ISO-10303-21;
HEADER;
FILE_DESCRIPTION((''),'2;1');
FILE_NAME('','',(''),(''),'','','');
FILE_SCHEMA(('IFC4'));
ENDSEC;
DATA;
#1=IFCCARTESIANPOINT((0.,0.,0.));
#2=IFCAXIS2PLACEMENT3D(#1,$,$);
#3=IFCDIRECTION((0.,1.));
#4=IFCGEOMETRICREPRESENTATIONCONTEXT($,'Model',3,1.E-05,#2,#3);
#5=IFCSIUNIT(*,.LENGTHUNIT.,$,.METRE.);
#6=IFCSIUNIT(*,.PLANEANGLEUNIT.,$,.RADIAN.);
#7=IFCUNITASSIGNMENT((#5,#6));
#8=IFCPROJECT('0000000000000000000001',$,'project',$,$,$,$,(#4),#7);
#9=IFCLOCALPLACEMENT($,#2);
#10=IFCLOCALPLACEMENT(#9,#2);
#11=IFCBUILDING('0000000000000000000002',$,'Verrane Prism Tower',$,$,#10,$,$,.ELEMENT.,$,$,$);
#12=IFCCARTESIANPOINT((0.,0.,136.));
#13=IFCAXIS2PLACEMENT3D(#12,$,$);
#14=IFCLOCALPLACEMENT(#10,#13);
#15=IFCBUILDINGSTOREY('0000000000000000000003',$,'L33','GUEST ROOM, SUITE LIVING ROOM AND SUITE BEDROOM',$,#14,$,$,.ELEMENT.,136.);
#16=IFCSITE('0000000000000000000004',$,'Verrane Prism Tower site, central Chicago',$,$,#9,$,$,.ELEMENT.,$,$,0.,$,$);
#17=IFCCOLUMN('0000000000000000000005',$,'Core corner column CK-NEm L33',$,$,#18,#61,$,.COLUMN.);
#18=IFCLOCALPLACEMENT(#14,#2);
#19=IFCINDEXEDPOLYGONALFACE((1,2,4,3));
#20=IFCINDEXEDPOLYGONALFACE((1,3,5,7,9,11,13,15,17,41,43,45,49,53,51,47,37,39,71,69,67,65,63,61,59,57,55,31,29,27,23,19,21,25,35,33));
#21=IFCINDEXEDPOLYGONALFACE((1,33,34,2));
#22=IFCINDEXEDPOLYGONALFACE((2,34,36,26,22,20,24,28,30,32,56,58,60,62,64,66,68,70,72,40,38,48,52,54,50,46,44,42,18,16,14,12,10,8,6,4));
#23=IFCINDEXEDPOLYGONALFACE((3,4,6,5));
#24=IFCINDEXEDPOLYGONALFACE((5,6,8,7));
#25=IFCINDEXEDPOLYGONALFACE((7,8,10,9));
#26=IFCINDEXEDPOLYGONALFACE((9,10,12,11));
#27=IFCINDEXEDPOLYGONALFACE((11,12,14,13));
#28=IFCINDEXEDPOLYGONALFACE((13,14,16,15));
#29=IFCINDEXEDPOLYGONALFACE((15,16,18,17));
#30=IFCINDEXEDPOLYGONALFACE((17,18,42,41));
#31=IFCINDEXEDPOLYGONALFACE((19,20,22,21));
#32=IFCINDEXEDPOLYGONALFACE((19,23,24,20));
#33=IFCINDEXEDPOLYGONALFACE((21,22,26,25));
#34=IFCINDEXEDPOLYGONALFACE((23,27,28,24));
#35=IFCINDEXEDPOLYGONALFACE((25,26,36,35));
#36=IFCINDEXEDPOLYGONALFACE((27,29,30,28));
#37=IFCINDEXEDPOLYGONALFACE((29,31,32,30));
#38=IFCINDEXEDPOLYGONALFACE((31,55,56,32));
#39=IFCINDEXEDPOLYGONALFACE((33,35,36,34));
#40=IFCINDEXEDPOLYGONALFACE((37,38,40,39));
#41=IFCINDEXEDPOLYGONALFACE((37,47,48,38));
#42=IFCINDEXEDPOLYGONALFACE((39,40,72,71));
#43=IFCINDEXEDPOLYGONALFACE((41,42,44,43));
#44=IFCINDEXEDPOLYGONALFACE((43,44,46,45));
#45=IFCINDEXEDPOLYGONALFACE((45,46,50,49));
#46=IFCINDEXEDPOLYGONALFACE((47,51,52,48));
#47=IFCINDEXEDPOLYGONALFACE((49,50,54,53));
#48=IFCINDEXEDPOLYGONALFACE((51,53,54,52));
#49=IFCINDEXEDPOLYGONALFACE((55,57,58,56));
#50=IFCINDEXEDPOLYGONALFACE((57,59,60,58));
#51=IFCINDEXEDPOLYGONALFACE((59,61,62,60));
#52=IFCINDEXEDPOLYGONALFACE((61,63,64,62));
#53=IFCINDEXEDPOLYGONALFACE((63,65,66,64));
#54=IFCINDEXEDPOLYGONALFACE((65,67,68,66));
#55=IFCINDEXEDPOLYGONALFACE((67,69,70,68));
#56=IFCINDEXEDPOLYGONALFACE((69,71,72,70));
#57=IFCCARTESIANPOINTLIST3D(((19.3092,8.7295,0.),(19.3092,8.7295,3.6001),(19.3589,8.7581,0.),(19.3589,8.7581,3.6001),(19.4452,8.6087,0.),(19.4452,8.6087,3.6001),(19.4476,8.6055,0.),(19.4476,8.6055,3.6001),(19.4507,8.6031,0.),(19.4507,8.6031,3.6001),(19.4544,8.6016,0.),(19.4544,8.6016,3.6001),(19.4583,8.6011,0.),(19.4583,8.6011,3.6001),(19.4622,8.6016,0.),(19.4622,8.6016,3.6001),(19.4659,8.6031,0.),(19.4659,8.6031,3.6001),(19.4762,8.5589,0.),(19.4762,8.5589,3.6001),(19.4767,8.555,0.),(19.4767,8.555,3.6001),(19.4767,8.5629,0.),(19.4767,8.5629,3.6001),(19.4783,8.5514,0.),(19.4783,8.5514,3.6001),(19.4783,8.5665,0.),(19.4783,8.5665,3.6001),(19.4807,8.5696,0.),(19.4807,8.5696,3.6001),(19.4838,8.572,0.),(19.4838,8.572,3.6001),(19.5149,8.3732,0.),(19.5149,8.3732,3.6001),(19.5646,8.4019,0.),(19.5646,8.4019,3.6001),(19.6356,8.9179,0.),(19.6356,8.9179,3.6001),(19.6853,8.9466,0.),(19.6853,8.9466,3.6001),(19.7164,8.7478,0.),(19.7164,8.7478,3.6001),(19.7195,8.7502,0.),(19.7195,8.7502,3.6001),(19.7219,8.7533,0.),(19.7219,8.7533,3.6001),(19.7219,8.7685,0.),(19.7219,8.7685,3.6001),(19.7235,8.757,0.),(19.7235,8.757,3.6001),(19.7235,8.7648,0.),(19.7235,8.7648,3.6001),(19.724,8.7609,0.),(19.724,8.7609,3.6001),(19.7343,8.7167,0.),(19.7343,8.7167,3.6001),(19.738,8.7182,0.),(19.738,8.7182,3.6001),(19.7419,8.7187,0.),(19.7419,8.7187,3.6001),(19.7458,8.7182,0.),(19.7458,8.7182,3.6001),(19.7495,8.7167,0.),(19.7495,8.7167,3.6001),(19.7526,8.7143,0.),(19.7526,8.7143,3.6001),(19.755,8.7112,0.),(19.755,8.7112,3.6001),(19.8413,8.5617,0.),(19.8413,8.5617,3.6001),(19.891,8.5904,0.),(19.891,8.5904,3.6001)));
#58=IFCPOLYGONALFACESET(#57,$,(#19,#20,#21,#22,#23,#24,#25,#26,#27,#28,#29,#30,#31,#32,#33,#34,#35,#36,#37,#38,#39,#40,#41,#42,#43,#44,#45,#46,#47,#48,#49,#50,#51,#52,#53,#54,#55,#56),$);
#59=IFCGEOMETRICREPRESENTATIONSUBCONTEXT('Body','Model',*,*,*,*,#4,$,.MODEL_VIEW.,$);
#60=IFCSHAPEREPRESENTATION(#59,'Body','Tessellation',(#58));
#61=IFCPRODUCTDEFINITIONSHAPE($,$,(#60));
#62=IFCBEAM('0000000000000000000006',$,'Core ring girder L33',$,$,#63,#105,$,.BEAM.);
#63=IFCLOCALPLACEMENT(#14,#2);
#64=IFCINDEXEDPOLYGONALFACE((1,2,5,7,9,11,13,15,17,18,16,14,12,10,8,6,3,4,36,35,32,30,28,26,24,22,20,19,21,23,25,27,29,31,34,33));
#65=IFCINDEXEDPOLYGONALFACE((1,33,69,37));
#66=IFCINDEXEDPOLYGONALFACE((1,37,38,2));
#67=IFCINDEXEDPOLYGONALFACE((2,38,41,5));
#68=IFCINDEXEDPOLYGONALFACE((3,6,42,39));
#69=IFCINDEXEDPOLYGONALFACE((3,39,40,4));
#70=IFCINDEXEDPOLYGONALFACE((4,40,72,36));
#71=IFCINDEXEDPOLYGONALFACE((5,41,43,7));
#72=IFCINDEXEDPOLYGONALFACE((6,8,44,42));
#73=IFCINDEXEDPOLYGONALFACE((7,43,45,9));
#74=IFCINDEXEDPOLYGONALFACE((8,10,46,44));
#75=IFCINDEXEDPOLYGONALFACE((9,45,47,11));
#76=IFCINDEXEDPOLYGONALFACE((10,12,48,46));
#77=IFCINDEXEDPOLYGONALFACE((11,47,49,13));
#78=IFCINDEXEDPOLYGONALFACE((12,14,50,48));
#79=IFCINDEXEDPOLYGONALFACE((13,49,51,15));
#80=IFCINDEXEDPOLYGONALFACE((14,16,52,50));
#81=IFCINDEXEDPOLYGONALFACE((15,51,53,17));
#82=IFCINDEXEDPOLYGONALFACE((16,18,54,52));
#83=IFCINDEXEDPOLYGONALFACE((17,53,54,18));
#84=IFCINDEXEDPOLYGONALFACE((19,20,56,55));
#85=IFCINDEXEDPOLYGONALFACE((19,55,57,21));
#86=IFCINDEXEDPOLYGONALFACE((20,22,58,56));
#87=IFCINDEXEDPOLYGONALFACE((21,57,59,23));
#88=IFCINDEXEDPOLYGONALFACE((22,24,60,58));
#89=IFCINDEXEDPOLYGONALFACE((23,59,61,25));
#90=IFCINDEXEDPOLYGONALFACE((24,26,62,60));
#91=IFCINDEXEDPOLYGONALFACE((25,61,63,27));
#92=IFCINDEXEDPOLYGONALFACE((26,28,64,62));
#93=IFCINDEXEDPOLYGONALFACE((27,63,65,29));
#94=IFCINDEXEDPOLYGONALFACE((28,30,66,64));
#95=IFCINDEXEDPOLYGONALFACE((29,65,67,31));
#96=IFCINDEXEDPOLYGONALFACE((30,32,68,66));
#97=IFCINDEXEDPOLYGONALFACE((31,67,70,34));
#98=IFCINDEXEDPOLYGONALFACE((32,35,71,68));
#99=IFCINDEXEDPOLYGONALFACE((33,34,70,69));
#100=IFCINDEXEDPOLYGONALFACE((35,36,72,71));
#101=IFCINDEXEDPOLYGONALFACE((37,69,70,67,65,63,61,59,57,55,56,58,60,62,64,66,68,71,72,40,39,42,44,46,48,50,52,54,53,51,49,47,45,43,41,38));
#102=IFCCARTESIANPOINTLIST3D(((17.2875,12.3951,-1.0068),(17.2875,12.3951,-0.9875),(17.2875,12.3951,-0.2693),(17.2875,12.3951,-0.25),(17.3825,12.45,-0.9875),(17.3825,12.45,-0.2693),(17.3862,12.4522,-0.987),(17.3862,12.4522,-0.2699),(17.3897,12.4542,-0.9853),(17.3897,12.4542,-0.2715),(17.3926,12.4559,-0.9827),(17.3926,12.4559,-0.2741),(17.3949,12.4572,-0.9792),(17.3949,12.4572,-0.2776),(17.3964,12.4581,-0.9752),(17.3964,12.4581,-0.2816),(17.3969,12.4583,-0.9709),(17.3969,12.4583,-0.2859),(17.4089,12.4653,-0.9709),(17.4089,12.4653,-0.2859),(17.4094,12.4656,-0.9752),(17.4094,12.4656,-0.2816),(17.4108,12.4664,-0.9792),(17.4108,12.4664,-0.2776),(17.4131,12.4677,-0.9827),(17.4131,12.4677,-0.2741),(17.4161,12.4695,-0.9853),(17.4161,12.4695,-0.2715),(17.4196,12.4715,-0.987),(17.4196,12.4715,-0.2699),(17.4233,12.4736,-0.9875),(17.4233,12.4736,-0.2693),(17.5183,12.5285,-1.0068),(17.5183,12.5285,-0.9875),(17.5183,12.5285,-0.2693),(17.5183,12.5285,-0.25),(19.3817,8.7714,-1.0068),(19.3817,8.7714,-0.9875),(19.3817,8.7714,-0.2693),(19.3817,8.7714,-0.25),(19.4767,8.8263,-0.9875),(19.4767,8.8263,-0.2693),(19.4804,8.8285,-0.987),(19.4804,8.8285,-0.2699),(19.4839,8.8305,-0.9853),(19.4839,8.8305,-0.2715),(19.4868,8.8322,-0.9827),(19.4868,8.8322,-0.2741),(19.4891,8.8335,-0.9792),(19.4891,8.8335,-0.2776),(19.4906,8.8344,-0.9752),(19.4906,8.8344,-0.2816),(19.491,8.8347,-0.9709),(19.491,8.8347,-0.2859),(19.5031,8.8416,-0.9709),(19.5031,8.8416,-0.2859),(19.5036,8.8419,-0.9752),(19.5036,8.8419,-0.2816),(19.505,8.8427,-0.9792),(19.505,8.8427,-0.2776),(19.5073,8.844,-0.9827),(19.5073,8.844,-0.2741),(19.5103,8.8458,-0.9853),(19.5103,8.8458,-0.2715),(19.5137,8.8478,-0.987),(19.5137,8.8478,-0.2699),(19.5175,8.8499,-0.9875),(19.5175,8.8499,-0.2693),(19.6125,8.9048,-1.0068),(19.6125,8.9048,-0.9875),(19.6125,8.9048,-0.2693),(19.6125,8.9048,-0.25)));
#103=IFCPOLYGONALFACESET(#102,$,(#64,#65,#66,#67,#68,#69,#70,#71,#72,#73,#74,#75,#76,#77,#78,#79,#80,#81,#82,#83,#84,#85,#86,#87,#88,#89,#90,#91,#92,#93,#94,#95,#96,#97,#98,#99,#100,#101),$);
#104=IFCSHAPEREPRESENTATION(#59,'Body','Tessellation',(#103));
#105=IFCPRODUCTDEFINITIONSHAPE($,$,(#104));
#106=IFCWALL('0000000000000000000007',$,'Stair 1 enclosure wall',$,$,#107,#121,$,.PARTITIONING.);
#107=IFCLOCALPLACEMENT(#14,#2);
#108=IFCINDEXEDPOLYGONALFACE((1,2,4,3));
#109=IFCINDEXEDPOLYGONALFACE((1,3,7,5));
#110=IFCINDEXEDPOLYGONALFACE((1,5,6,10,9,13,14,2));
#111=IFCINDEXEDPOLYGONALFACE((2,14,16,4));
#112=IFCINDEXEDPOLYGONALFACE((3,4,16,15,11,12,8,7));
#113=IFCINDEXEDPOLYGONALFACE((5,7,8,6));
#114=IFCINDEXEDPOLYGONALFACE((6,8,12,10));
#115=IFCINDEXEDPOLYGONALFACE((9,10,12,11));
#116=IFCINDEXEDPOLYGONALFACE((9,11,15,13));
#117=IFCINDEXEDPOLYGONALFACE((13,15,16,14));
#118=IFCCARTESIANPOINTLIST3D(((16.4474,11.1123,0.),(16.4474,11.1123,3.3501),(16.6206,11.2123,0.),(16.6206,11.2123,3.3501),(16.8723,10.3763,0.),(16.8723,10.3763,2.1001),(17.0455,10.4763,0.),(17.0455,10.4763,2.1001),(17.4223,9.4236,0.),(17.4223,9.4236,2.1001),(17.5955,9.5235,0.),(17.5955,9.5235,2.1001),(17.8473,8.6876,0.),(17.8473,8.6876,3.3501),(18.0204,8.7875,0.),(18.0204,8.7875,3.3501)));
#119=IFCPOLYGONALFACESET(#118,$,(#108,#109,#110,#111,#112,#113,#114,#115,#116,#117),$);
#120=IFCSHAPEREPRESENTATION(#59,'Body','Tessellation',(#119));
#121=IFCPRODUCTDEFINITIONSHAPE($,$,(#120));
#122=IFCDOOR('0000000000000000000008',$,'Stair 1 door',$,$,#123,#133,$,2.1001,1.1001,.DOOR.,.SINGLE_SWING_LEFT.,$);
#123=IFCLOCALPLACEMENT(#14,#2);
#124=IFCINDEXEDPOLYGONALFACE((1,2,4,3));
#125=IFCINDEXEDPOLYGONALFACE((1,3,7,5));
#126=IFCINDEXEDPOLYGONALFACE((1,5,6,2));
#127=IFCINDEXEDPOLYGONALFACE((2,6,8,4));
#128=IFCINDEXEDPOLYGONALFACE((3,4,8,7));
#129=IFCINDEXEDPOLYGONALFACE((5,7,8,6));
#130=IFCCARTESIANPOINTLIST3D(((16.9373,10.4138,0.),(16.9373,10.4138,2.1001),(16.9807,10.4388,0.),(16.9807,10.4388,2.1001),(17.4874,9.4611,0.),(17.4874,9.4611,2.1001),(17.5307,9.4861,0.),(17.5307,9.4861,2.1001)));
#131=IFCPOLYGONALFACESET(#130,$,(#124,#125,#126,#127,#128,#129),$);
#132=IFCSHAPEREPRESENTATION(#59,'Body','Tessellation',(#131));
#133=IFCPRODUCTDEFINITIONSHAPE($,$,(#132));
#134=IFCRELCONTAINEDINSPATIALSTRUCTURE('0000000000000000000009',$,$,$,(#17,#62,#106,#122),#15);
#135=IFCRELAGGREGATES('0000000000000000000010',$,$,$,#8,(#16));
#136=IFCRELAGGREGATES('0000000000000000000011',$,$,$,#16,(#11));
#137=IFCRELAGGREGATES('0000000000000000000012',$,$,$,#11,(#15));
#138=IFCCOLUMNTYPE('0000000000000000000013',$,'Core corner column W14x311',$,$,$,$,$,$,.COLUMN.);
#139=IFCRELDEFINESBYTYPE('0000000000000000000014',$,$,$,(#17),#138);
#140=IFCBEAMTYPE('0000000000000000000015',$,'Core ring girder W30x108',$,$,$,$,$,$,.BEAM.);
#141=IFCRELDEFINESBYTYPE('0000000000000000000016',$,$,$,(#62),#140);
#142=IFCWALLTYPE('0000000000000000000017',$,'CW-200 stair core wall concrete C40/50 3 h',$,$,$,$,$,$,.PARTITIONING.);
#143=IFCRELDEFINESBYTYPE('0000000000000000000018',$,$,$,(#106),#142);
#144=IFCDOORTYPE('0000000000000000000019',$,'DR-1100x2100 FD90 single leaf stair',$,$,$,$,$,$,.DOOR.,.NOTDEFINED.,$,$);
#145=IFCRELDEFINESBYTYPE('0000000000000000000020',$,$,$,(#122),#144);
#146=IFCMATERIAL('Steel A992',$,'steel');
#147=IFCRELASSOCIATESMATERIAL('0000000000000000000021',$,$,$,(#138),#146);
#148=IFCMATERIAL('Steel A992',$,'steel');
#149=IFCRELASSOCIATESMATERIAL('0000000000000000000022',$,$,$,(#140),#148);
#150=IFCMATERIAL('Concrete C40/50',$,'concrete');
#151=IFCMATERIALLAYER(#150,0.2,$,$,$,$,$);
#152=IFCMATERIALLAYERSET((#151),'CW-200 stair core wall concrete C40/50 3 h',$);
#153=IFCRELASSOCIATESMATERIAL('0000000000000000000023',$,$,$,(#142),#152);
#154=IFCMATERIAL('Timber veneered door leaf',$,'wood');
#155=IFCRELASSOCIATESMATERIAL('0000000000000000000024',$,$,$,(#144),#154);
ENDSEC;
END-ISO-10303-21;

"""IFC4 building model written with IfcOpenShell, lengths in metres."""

from ifc_helpers import new_model, si_unit, direction, frame, frame_2d, origin, origin_2d, place, context, subcontext, project, spatial, rectangle, i_section, extrude, material, layer, layer_set, material_profile, profile_set, type_object, element, fill, save


model = new_model("IFC4")

# Units and contexts
model_context = context("Model", 3, precision=1e-05, world=origin(), true_north=direction((0.0, 1.0)))
body_context = subcontext(model_context, "Body", "Model", "MODEL_VIEW")
ifc_project = project(units=[si_unit("LENGTHUNIT", "METRE"), si_unit("PLANEANGLEUNIT", "RADIAN")], contexts=[model_context])

# Site, building, storey
site_placement = place(None, origin())
site = spatial("IfcSite", under=ifc_project, at=site_placement, Name="Verrane Prism Tower site, central Chicago", CompositionType="ELEMENT", RefElevation=0.0)
building_placement = place(site_placement, origin())
building = spatial("IfcBuilding", under=site, at=building_placement, Name="Verrane Prism Tower", CompositionType="ELEMENT")
storey_placement = place(building_placement, frame((0.0, 0.0, 136.0)))
storey = spatial("IfcBuildingStorey", under=building, at=storey_placement, Name="L33", Description="GUEST ROOM, SUITE LIVING ROOM AND SUITE BEDROOM", CompositionType="ELEMENT", Elevation=136.0)

# Column
ifc_material_1 = material(Name="Steel A992", Category="steel")
ifc_material_profile_1 = material_profile(ifc_material_1, i_section(OverallWidth=0.4114, OverallDepth=0.4343, WebThickness=0.0359, FlangeThickness=0.0574, FilletRadius=0.0151, at=origin_2d()), Name="W14x311")
ifc_profile_set_1 = profile_set([ifc_material_profile_1], Name="Steel A992")
column_type = type_object("IfcColumnType", Name="Core corner column W14x311", PredefinedType="COLUMN", material=ifc_profile_set_1)
column_placement = place(storey_placement, frame((19.6001, 8.6599, 0.0), z_axis=(0.0, 0.0, 1.0), x_axis=(0.5, -0.866025, 0.0)))
element("IfcColumn", 1, at=column_placement, inside=storey, type_object=column_type, Name="Core corner column CK-NEm L33", PredefinedType="COLUMN", context=body_context, shape_type="SweptSolid", body=[
    extrude(i_section(OverallWidth=0.4114, OverallDepth=0.4343, WebThickness=0.0359, FlangeThickness=0.0574, FilletRadius=0.0151, at=origin_2d()), origin(), (0.0, 0.0, 1.0), 3.6001),
])

# Beam
ifc_material_2 = material(Name="Steel A992", Category="steel")
ifc_material_profile_2 = material_profile(ifc_material_2, i_section(OverallWidth=0.2666, OverallDepth=0.7568, WebThickness=0.0139, FlangeThickness=0.0193, FilletRadius=0.0166, at=origin_2d()), Name="W30x108")
ifc_profile_set_2 = profile_set([ifc_material_profile_2], Name="Steel A992")
beam_type = type_object("IfcBeamType", Name="Core ring girder W30x108", PredefinedType="BEAM", material=ifc_profile_set_2)
beam_placement = place(storey_placement, frame((19.4971, 8.8381, -0.6284), z_axis=(-0.500367, 0.865813, 0.0), x_axis=(-0.865813, -0.500367, 0.0)))
element("IfcBeam", 2, at=beam_placement, inside=storey, type_object=beam_type, Name="Core ring girder L33", PredefinedType="BEAM", context=body_context, shape_type="SweptSolid", body=[
    extrude(i_section(OverallWidth=0.2666, OverallDepth=0.7568, WebThickness=0.0139, FlangeThickness=0.0193, FilletRadius=0.0166, at=origin_2d()), origin(), (0.0, 0.0, 1.0), 4.1853),
])

# Wall, opening, door
ifc_material_3 = material(Name="Concrete C40/50", Category="concrete")
ifc_layer_1 = layer(ifc_material_3, 0.2)
ifc_layer_set_1 = layer_set([ifc_layer_1], Name="CW-200 stair core wall concrete C40/50 3 h")
wall_type_1 = type_object("IfcWallType", Name="CW-200 stair core wall concrete C40/50 3 h", PredefinedType="PARTITIONING", material=ifc_layer_set_1)
wall_1_placement = place(storey_placement, frame((17.9338, 8.7375, 0.0), z_axis=(0.0, 0.0, 1.0), x_axis=(-0.499984, 0.866035, 0.0)))
wall_1 = element("IfcWall", 3, at=wall_1_placement, inside=storey, type_object=wall_type_1, Name="Stair 1 enclosure wall", PredefinedType="PARTITIONING", context=body_context, shape_type="SweptSolid", body=[
    extrude(rectangle(XDim=2.7998, YDim=0.2, at=frame_2d((1.3999, 0.0))), origin(), (0.0, 0.0, 1.0), 3.3501),
])
opening_1_placement = place(wall_1_placement, frame((0.8499, 0.0, 0.0)))
opening_1 = element("IfcOpeningElement", 4, at=opening_1_placement, cuts=wall_1, PredefinedType="OPENING", context=body_context, shape_type="SweptSolid", body=[
    extrude(rectangle(XDim=1.1001, YDim=2.1001, at=frame_2d((0.55, 1.05))), frame((0.0, 0.1099, 0.0), z_axis=(0.0, -1.0, 0.0), x_axis=(1.0, 0.0, 0.0)), (0.0, 0.0, 1.0), 0.22),
])
ifc_material_4 = material(Name="Timber veneered door leaf", Category="wood")
door_type_1 = type_object("IfcDoorType", Name="DR-1100x2100 FD90 single leaf stair", OperationType="NOTDEFINED", PredefinedType="DOOR", material=ifc_material_4)
door_1_placement = place(opening_1_placement, origin())
door_1 = element("IfcDoor", 5, at=door_1_placement, inside=storey, type_object=door_type_1, Name="Stair 1 door", OperationType="SINGLE_SWING_LEFT", OverallHeight=2.1001, OverallWidth=1.1001, PredefinedType="DOOR", context=body_context, shape_type="SweptSolid", body=[
    extrude(rectangle(XDim=1.1001, YDim=2.1001, at=frame_2d((0.55, 1.05))), frame((0.0, 0.0249, 0.0), z_axis=(0.0, -1.0, 0.0), x_axis=(1.0, 0.0, 0.0)), (0.0, 0.0, 1.0), 0.05),
])
fill(opening_1, door_1)

save(model, "model.ifc")
